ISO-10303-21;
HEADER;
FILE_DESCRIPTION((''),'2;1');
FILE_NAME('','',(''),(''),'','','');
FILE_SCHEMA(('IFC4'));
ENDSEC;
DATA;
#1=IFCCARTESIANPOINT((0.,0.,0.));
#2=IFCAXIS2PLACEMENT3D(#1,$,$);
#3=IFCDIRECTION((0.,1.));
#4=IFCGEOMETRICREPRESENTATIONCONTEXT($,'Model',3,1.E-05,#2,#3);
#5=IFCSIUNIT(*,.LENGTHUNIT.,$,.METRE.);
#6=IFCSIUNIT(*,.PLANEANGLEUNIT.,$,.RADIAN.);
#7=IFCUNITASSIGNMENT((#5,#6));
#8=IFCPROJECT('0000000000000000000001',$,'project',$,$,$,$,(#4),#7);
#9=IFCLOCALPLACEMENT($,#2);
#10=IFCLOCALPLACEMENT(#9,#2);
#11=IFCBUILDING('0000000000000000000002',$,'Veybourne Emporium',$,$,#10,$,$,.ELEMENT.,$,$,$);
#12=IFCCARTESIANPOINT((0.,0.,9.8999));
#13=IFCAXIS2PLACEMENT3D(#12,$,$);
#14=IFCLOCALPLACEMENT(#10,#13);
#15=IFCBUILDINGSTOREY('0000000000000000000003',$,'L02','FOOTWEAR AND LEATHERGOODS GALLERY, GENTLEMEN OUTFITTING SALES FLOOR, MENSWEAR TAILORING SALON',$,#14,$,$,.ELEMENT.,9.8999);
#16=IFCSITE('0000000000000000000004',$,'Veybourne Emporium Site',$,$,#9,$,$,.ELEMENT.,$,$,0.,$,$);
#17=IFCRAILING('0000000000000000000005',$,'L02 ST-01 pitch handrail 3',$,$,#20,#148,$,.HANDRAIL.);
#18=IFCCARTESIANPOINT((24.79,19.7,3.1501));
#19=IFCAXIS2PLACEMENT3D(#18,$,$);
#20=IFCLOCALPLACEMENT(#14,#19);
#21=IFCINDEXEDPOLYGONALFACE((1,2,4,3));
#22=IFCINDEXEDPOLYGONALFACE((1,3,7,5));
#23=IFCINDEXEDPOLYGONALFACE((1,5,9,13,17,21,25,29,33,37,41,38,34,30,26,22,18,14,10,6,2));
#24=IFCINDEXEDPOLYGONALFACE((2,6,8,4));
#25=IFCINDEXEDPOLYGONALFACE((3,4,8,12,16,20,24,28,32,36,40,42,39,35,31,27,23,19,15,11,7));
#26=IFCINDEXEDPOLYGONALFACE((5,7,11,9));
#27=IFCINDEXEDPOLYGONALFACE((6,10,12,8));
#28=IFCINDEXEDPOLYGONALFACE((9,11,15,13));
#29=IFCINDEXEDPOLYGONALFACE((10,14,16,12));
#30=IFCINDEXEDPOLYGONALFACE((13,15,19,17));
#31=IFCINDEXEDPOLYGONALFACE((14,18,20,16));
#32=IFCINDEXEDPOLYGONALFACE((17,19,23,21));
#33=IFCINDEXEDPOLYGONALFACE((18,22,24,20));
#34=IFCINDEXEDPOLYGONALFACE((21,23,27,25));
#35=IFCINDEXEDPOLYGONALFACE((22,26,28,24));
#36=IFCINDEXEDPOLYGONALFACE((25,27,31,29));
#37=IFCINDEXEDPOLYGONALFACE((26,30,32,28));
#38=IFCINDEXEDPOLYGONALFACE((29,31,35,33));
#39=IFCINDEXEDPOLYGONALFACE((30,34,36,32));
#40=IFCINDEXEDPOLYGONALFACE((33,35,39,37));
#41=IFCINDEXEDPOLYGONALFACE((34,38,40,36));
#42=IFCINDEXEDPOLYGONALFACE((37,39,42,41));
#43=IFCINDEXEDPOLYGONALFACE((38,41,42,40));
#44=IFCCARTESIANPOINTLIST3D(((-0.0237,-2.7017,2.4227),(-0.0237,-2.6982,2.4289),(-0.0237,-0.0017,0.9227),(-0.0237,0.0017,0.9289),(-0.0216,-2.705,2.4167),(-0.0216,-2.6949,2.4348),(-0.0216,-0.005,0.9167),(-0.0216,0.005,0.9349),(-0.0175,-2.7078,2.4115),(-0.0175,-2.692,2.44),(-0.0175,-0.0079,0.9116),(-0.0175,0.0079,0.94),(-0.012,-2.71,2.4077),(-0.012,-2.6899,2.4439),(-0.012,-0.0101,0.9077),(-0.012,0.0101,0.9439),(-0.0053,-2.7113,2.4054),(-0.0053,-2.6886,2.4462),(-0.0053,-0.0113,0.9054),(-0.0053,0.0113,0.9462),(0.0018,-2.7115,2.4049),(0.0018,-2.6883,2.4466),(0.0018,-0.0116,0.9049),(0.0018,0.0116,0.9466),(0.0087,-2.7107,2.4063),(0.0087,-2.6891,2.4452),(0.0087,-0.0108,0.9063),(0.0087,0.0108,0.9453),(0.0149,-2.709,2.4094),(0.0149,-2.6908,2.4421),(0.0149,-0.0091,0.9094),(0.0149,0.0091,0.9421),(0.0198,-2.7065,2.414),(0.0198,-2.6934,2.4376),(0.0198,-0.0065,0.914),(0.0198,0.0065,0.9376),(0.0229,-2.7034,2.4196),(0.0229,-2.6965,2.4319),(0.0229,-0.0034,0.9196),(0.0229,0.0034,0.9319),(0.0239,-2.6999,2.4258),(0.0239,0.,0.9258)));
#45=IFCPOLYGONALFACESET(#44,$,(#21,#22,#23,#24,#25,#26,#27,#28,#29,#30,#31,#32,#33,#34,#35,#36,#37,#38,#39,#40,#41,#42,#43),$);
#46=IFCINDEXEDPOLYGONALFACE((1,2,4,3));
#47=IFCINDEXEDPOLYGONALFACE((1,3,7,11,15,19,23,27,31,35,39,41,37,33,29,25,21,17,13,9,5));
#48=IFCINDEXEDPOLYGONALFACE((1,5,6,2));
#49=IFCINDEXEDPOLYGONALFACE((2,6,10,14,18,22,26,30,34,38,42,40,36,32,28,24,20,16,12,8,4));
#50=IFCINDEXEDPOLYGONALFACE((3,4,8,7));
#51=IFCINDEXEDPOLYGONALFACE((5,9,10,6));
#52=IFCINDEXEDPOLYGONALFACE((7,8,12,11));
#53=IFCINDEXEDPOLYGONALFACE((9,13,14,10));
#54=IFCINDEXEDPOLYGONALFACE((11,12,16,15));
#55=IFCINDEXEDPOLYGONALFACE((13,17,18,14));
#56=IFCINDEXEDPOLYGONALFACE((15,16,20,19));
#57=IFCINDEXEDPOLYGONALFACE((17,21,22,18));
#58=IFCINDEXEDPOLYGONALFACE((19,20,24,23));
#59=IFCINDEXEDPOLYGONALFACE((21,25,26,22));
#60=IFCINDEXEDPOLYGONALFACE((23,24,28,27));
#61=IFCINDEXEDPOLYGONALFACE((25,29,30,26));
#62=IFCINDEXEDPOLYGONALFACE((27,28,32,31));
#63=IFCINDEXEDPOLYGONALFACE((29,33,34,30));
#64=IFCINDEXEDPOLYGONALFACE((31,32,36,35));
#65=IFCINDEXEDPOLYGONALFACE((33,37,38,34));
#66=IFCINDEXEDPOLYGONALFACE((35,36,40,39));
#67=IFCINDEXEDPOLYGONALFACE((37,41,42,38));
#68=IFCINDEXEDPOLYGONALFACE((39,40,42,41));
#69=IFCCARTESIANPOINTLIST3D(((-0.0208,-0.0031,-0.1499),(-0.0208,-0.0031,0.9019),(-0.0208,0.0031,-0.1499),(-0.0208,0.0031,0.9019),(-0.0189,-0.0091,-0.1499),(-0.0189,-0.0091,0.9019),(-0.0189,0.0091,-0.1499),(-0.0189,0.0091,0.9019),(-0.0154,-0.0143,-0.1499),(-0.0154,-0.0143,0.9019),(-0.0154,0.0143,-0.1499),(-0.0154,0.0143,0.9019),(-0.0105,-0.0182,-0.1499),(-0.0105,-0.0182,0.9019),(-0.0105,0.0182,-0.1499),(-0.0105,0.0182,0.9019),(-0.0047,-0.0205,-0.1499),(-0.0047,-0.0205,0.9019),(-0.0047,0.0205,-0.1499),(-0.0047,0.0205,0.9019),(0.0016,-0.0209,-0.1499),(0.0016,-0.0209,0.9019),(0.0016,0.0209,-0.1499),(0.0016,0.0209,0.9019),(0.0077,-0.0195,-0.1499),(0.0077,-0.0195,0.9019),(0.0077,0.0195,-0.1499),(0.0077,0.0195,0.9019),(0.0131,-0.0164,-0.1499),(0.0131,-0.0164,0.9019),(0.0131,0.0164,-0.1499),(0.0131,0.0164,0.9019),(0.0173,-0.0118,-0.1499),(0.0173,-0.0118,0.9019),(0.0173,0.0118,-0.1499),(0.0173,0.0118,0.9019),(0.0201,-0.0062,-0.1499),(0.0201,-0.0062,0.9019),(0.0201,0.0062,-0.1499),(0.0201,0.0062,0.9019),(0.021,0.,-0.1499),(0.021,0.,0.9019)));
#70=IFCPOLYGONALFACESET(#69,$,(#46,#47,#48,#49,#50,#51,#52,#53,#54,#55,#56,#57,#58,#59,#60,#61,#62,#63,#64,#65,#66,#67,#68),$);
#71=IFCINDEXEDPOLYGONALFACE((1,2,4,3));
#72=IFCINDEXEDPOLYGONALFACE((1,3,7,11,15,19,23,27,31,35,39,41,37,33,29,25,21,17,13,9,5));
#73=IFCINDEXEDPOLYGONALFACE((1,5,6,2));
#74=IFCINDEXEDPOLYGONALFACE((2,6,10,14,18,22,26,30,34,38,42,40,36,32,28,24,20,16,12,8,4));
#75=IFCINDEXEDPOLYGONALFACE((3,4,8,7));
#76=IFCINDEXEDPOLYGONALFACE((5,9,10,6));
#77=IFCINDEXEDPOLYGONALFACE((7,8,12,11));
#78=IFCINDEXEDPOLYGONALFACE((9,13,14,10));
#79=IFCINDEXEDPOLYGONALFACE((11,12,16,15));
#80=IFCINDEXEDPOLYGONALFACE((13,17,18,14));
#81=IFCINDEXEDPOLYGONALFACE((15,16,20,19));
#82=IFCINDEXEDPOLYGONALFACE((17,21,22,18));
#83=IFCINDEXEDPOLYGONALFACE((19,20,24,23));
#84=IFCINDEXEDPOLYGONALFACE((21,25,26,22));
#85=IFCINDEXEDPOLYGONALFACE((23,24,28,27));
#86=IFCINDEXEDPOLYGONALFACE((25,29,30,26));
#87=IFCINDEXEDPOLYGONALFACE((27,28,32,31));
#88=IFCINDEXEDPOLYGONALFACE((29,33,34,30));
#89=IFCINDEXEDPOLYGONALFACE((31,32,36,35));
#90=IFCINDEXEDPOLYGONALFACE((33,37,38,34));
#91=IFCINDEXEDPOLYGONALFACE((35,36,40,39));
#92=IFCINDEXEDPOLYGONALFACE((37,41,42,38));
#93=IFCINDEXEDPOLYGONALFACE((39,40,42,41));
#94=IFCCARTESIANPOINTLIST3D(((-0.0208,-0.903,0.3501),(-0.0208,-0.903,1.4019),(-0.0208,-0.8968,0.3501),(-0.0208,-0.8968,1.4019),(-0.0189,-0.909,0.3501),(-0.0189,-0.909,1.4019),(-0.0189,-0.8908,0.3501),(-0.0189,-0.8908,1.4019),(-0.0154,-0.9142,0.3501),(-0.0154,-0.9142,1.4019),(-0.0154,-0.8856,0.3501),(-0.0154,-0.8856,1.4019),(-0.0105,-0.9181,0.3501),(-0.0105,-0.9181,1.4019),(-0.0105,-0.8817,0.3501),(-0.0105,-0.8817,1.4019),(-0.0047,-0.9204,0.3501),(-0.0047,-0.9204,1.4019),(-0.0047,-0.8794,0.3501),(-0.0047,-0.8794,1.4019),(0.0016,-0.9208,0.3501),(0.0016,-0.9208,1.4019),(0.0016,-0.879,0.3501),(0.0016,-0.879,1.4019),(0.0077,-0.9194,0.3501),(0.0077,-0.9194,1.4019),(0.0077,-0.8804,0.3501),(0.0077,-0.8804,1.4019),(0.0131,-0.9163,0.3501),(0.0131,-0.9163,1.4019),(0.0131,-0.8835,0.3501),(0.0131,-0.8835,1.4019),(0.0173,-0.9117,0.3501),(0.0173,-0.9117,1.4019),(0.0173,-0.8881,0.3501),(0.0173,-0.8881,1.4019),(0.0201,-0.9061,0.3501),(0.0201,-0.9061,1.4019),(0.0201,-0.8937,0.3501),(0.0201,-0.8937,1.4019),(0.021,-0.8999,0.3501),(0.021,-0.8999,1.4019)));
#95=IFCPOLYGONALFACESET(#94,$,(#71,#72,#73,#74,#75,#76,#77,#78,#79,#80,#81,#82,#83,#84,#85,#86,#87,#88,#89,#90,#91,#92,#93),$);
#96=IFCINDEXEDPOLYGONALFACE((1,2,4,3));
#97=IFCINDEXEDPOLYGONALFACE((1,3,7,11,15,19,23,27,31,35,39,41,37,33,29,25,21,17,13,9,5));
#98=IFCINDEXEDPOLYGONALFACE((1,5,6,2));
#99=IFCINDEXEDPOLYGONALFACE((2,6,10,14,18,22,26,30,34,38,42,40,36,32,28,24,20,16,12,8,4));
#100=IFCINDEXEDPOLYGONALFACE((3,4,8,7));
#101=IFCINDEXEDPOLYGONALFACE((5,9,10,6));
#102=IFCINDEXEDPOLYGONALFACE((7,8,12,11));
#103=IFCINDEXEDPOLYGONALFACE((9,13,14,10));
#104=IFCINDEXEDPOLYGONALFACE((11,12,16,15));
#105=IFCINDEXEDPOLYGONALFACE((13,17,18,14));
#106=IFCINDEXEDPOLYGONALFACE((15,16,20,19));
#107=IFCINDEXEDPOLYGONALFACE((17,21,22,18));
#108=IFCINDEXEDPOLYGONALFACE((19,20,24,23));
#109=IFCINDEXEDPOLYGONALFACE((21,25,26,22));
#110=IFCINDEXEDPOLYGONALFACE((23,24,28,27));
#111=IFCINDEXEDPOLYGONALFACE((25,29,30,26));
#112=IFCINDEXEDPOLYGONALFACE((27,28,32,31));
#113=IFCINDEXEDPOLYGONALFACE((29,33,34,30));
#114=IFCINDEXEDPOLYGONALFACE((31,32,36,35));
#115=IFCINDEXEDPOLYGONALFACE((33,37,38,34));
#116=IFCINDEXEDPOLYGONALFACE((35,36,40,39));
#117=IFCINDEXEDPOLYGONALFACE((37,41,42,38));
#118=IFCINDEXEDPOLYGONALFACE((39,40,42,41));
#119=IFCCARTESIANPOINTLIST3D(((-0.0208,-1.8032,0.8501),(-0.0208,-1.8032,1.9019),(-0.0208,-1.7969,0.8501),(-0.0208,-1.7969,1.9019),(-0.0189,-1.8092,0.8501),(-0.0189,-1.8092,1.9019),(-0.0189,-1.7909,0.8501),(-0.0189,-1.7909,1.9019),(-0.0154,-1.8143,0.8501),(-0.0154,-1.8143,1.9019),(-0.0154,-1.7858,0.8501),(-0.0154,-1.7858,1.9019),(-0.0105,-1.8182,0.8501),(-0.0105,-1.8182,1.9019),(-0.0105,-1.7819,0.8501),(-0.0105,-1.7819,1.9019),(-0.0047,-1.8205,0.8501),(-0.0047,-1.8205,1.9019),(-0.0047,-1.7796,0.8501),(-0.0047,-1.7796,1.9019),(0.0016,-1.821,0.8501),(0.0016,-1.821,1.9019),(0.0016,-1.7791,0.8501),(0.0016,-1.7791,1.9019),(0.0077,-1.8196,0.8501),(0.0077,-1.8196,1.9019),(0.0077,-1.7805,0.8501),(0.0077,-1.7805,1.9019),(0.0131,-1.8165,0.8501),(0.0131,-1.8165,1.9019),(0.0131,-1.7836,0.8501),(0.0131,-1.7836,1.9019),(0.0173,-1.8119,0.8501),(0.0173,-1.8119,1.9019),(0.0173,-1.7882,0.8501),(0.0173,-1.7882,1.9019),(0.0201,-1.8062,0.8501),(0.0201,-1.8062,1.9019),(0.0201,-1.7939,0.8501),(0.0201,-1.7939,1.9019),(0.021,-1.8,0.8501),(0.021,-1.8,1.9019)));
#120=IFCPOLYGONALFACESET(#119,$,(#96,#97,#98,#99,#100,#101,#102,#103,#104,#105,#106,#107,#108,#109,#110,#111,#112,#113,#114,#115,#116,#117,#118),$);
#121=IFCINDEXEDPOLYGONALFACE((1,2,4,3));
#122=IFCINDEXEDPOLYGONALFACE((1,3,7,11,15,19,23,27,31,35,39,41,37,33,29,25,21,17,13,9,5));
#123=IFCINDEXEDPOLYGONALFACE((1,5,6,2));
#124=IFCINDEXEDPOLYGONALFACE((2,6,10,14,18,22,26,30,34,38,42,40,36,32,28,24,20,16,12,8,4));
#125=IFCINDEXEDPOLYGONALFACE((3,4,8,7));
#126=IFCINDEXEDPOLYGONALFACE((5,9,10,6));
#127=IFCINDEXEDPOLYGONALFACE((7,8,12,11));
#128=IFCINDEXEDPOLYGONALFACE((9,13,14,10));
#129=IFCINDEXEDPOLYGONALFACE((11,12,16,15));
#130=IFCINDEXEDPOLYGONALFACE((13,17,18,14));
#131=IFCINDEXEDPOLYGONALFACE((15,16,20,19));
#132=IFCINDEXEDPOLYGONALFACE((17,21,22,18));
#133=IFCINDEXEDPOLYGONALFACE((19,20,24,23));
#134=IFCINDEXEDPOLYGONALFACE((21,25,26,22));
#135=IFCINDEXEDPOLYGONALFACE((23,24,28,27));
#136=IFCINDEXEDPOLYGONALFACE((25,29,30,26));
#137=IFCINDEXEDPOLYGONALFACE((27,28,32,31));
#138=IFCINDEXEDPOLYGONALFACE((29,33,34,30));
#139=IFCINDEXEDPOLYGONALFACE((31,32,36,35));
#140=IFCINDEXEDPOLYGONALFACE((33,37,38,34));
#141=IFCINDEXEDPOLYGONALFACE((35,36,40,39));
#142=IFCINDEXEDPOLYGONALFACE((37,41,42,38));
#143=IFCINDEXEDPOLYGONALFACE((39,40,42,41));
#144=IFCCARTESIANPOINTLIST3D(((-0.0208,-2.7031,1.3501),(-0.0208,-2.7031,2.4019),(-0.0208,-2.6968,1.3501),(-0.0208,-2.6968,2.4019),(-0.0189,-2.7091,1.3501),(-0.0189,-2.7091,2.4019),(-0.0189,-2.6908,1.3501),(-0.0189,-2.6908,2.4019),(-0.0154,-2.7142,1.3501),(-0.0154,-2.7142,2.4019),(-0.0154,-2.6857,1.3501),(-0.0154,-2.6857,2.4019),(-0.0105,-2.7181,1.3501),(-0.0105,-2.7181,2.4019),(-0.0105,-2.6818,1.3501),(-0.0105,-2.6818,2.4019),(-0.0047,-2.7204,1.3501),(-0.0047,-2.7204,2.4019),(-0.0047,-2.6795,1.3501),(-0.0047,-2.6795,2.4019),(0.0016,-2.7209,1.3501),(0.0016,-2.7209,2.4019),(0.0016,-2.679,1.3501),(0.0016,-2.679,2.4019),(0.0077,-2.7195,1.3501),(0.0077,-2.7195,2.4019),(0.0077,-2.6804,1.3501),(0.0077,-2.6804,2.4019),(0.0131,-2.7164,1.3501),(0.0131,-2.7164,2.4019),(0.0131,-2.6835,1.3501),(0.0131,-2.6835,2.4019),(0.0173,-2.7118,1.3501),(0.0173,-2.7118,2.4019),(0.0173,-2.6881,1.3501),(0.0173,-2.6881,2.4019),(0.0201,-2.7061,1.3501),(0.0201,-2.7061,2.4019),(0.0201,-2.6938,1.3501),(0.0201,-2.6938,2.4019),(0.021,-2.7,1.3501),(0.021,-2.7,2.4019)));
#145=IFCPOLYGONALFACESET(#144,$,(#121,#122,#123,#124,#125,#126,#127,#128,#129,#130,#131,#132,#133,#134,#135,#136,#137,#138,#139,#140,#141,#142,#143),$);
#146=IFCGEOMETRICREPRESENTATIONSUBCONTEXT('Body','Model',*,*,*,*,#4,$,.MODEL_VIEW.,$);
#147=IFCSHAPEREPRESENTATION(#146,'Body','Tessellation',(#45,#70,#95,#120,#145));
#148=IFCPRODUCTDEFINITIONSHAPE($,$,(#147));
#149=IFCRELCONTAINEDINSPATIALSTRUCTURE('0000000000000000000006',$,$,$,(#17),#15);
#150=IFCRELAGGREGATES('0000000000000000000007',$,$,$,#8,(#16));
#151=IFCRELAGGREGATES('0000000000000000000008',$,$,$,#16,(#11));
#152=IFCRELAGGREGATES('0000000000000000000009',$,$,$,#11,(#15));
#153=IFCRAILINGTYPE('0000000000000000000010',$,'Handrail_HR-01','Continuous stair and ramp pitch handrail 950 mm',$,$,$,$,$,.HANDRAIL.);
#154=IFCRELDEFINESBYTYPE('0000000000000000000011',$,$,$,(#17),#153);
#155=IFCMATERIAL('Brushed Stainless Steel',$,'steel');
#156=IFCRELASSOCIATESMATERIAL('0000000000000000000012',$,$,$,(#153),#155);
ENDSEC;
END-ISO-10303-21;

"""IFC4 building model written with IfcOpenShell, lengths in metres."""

from ifc_helpers import new_model, si_unit, direction, frame, origin, origin_2d, place, context, subcontext, project, spatial, circle, extrude, material, type_object, element, save


model = new_model("IFC4")

# Units and contexts
model_context = context("Model", 3, precision=1e-05, world=origin(), true_north=direction((0.0, 1.0)))
body_context = subcontext(model_context, "Body", "Model", "MODEL_VIEW")
ifc_project = project(units=[si_unit("LENGTHUNIT", "METRE"), si_unit("PLANEANGLEUNIT", "RADIAN")], contexts=[model_context])

# Site, building, storey
site_placement = place(None, origin())
site = spatial("IfcSite", under=ifc_project, at=site_placement, Name="Veybourne Emporium Site", CompositionType="ELEMENT", RefElevation=0.0)
building_placement = place(site_placement, origin())
building = spatial("IfcBuilding", under=site, at=building_placement, Name="Veybourne Emporium", CompositionType="ELEMENT")
storey_placement = place(building_placement, frame((0.0, 0.0, 9.8999)))
storey = spatial("IfcBuildingStorey", under=building, at=storey_placement, Name="L02", Description="FOOTWEAR AND LEATHERGOODS GALLERY, GENTLEMEN OUTFITTING SALES FLOOR, MENSWEAR TAILORING SALON", CompositionType="ELEMENT", Elevation=9.8999)

# Railing
ifc_material_1 = material(Name="Brushed Stainless Steel", Category="steel")
railing_type_1 = type_object("IfcRailingType", Name="Handrail_HR-01", Description="Continuous stair and ramp pitch handrail 950 mm", PredefinedType="HANDRAIL", material=ifc_material_1)
railing_1_placement = place(storey_placement, frame((24.79, 19.7, 3.1501)))
element("IfcRailing", 1, at=railing_1_placement, inside=storey, type_object=railing_type_1, Name="L02 ST-01 pitch handrail 3", PredefinedType="HANDRAIL", context=body_context, shape_type="SweptSolid", body=[
    extrude(circle(Radius=0.0239, at=origin_2d()), frame((0.0, 0.0, 0.9258), z_axis=(0.0, -0.874154, 0.48565), x_axis=(1.0, 0.0, 0.0)), (0.0, 0.0, 1.0), 3.0886),
    extrude(circle(Radius=0.021, at=origin_2d()), frame((0.0, 0.0, -0.1499)), (0.0, 0.0, 1.0), 1.0518),
    extrude(circle(Radius=0.021, at=origin_2d()), frame((0.0, -0.8999, 0.3501)), (0.0, 0.0, 1.0), 1.0518),
    extrude(circle(Radius=0.021, at=origin_2d()), frame((0.0, -1.8, 0.8501)), (0.0, 0.0, 1.0), 1.0518),
    extrude(circle(Radius=0.021, at=origin_2d()), frame((0.0, -2.7, 1.3501)), (0.0, 0.0, 1.0), 1.0518),
])

save(model, "model.ifc")
